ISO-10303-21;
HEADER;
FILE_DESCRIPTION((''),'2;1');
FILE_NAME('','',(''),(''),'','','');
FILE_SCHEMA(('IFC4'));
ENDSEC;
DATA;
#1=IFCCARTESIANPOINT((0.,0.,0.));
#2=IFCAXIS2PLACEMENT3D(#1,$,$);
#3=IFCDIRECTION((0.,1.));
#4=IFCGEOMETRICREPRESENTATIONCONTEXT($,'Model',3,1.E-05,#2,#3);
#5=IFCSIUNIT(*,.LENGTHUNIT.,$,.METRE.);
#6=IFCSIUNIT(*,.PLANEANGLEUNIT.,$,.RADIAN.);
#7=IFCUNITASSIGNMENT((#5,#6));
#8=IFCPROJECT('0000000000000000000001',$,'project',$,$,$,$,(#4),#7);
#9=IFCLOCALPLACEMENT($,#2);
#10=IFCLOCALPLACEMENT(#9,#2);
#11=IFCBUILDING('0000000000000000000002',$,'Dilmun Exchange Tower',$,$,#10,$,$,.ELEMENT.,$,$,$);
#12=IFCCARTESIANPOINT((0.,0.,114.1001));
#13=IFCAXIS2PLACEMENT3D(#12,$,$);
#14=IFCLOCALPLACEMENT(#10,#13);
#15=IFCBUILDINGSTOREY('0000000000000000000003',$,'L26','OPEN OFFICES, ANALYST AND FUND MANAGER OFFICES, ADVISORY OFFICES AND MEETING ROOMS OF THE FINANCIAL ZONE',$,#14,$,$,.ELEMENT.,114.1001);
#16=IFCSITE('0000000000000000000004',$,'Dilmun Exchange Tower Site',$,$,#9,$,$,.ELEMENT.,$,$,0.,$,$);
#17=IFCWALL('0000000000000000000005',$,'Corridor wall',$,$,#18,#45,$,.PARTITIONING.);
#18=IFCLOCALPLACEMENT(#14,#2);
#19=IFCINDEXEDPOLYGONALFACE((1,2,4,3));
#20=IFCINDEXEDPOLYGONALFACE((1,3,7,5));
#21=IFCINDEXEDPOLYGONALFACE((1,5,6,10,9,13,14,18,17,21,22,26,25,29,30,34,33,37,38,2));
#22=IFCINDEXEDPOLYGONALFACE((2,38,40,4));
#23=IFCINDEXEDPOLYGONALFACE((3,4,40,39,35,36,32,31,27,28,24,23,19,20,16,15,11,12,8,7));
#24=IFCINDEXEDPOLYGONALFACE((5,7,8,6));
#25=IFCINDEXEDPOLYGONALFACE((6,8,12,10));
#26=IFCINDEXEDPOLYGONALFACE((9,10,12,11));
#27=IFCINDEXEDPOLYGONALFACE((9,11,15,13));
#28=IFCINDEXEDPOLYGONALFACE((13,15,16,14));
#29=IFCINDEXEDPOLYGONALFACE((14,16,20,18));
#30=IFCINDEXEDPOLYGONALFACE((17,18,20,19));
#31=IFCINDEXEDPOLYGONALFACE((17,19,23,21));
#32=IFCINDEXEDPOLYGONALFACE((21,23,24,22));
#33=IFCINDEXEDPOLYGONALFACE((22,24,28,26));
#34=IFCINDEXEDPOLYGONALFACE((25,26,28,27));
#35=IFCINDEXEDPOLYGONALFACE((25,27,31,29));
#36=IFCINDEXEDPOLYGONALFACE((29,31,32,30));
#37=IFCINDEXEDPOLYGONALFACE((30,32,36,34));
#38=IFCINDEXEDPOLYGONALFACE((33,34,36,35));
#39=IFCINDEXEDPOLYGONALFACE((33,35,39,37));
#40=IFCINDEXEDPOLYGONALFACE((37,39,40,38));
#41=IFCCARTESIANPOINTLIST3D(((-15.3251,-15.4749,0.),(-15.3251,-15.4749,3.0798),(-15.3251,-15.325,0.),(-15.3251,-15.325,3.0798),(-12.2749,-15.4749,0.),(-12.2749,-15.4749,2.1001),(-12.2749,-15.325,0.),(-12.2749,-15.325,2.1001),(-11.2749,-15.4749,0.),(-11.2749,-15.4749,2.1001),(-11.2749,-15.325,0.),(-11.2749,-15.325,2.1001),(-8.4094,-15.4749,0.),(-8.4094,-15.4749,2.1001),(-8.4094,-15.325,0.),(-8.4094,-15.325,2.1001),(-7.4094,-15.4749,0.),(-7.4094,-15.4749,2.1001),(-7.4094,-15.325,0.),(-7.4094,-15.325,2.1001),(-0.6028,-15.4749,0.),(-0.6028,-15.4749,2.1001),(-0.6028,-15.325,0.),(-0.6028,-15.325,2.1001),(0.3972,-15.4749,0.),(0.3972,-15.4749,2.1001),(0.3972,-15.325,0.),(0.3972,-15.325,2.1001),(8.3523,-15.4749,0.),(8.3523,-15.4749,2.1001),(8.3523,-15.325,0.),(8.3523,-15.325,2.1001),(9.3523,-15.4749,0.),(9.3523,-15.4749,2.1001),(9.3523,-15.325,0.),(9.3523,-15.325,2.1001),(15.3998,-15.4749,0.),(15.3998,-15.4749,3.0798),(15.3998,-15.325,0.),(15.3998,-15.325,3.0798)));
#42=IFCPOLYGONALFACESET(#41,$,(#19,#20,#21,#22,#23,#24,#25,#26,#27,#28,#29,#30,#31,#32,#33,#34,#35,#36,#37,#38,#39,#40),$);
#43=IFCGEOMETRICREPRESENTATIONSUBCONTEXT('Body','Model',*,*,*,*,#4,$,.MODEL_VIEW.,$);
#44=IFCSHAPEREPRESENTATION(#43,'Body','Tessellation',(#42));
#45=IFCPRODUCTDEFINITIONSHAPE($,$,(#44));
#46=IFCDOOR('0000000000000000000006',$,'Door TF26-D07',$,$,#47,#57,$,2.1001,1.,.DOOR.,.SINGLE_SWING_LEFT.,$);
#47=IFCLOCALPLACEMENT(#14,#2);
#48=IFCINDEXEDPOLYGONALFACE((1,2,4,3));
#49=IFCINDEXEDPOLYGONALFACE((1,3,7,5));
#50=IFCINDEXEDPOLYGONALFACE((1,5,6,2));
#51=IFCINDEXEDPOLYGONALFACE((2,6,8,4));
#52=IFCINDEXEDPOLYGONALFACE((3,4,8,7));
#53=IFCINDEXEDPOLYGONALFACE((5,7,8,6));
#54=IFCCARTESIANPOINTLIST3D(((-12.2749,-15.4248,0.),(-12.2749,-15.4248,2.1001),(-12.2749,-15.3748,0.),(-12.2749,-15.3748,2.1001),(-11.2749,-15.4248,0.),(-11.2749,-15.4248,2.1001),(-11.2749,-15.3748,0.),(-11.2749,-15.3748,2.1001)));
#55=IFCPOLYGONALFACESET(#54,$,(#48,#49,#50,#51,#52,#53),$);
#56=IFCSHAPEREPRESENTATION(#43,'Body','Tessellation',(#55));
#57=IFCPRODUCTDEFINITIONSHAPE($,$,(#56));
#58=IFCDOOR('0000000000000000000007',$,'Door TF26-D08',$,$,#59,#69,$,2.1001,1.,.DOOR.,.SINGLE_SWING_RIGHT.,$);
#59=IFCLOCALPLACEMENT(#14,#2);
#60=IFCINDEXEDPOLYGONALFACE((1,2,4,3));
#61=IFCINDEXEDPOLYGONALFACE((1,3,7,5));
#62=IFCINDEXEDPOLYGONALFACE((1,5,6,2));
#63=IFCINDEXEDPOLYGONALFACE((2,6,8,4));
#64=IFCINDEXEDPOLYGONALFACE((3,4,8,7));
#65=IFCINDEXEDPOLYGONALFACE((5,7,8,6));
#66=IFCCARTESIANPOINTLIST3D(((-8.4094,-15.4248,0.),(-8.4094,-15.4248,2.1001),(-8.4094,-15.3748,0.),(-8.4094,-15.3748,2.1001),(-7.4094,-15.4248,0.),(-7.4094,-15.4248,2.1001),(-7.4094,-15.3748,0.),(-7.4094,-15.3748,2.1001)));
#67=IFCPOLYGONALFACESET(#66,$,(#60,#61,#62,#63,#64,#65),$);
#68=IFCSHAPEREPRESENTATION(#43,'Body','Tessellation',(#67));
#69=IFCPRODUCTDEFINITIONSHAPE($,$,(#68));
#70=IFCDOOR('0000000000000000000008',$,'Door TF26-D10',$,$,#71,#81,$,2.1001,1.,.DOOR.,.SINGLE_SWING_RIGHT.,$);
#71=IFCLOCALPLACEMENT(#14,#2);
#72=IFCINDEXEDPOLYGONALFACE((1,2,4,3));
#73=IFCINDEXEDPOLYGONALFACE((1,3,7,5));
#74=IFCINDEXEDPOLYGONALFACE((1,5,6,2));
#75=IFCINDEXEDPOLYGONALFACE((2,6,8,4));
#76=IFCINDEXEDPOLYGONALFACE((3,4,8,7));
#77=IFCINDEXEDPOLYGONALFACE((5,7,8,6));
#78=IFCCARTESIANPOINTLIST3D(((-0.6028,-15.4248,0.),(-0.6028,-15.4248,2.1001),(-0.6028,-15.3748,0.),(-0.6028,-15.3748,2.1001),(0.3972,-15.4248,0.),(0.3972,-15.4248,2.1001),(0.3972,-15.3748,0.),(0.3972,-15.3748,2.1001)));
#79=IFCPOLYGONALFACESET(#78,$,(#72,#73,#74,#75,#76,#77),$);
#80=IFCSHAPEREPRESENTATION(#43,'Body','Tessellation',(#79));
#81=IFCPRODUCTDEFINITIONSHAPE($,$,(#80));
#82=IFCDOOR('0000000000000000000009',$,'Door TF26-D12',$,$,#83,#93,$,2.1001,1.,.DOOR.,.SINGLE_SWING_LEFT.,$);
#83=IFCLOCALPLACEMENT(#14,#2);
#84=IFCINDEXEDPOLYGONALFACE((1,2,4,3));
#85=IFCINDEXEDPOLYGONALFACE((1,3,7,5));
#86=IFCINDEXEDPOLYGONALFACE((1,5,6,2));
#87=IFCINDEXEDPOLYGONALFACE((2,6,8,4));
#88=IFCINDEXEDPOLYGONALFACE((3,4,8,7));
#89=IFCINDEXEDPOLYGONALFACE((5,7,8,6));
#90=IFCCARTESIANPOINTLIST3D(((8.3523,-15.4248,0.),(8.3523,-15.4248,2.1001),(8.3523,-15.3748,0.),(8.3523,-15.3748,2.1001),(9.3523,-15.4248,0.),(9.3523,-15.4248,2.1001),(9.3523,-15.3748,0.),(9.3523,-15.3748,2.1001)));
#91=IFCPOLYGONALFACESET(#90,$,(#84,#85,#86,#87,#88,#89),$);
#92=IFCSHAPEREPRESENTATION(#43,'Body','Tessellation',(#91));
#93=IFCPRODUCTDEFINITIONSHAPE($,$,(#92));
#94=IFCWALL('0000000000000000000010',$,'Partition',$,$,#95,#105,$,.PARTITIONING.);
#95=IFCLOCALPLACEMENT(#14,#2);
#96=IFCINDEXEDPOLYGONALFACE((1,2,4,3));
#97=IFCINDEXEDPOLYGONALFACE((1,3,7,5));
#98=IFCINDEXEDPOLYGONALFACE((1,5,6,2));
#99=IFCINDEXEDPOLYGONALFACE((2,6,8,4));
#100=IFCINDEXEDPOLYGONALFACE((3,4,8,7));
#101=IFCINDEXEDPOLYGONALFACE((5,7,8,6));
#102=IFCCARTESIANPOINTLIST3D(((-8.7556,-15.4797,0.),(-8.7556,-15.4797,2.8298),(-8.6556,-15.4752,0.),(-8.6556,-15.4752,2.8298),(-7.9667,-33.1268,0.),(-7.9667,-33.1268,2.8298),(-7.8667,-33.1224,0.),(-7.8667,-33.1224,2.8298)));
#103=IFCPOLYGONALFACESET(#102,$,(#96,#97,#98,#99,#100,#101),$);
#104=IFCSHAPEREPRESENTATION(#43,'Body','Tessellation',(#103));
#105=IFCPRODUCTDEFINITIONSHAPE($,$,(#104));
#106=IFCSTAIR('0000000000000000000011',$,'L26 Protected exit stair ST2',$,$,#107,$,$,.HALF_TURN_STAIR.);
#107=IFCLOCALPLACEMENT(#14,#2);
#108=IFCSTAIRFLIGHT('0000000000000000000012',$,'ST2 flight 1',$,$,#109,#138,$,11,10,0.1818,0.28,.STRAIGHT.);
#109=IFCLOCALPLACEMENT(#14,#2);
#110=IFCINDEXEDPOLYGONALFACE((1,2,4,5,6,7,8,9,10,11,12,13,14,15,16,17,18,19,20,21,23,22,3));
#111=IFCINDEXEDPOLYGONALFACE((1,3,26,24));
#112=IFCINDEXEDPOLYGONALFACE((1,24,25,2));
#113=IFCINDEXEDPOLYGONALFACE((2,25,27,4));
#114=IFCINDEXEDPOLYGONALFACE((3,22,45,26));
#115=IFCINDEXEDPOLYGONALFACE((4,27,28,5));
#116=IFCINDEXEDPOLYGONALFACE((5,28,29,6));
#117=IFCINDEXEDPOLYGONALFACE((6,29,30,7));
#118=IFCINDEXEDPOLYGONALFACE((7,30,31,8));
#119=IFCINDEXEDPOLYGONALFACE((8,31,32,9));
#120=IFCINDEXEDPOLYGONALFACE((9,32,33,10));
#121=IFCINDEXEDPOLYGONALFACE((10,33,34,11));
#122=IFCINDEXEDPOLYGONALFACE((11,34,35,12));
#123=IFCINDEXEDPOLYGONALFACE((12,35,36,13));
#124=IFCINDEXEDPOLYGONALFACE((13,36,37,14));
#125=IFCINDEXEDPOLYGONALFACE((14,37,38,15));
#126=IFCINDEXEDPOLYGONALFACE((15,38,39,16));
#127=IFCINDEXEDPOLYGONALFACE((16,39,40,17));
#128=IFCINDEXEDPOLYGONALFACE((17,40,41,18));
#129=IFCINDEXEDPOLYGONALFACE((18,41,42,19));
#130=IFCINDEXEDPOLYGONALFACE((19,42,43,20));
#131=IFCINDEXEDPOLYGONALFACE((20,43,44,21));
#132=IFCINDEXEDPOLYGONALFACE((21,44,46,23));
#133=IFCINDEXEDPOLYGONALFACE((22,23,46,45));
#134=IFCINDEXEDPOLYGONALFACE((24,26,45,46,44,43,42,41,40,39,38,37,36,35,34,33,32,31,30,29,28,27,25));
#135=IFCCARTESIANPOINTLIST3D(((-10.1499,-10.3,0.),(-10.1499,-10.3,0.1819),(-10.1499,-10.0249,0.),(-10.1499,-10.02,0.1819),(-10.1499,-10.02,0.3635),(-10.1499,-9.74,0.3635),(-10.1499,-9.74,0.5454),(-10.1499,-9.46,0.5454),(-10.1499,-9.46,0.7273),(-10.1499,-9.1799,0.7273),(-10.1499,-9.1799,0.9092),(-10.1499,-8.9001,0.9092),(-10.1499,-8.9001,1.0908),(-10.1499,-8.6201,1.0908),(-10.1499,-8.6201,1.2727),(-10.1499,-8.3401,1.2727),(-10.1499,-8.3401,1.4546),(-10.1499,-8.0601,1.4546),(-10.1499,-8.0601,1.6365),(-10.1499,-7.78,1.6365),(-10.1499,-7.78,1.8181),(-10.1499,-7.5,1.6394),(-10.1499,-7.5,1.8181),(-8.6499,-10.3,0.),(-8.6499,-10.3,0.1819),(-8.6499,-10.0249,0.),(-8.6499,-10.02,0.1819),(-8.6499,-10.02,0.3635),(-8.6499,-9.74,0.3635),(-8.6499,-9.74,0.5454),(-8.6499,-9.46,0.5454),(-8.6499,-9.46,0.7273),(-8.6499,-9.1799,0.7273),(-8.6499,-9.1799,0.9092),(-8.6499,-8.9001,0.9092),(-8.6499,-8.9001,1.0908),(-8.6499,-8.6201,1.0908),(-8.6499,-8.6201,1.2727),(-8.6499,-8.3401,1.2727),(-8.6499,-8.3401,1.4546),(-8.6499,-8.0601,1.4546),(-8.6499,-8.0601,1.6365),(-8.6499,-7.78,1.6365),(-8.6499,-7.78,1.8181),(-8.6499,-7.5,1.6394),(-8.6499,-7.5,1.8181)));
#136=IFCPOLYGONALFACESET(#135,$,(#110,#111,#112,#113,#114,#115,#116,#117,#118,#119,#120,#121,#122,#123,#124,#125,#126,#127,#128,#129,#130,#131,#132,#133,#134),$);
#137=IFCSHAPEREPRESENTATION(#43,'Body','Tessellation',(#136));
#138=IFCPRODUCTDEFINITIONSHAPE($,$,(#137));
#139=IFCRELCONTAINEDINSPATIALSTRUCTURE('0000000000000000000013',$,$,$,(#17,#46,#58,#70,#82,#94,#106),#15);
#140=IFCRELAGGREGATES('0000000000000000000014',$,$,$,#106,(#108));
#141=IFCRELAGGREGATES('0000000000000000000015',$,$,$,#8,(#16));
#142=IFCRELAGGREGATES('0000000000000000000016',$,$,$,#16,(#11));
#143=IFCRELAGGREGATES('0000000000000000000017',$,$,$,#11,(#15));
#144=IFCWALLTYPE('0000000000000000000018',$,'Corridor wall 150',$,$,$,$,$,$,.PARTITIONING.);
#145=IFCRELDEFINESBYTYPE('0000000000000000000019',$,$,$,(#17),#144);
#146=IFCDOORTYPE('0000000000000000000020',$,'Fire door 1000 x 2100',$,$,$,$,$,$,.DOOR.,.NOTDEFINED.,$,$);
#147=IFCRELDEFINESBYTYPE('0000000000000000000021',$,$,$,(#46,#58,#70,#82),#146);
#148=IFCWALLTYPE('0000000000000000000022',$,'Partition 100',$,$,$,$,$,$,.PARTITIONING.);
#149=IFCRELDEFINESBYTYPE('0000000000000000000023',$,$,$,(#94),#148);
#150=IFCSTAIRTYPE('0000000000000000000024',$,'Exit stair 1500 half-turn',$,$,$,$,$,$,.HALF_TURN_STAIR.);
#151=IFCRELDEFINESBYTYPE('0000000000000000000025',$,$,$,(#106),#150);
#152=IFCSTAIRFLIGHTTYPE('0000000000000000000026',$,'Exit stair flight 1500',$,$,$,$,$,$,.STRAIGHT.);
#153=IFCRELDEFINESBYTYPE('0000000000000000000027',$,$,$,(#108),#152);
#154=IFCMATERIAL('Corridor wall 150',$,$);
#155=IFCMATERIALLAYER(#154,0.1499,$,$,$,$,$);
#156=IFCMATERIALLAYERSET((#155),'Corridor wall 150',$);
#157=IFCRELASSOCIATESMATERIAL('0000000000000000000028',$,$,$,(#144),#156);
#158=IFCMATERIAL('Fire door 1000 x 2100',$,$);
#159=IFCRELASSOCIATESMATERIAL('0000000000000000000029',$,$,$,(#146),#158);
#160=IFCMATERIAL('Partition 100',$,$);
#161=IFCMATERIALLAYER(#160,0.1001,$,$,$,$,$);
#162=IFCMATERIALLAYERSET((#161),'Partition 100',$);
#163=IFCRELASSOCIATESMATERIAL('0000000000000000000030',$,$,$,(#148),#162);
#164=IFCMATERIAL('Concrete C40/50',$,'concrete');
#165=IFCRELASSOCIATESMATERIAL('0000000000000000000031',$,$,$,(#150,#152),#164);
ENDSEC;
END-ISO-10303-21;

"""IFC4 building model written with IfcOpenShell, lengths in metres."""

from ifc_helpers import new_model, si_unit, direction, frame, frame_2d, origin, place, context, subcontext, project, spatial, polyline, rectangle, outline, extrude, material, layer, layer_set, type_object, element, fill, aggregate, save


model = new_model("IFC4")

# Units and contexts
model_context = context("Model", 3, precision=1e-05, world=origin(), true_north=direction((0.0, 1.0)))
body_context = subcontext(model_context, "Body", "Model", "MODEL_VIEW")
ifc_project = project(units=[si_unit("LENGTHUNIT", "METRE"), si_unit("PLANEANGLEUNIT", "RADIAN")], contexts=[model_context])

# Site, building, storey
site_placement = place(None, origin())
site = spatial("IfcSite", under=ifc_project, at=site_placement, Name="Dilmun Exchange Tower Site", CompositionType="ELEMENT", RefElevation=0.0)
building_placement = place(site_placement, origin())
building = spatial("IfcBuilding", under=site, at=building_placement, Name="Dilmun Exchange Tower", CompositionType="ELEMENT")
storey_placement = place(building_placement, frame((0.0, 0.0, 114.1001)))
storey = spatial("IfcBuildingStorey", under=building, at=storey_placement, Name="L26", Description="OPEN OFFICES, ANALYST AND FUND MANAGER OFFICES, ADVISORY OFFICES AND MEETING ROOMS OF THE FINANCIAL ZONE", CompositionType="ELEMENT", Elevation=114.1001)

# Shared definitions
ifc_material_1 = material(Name="Concrete C40/50", Category="concrete")

# Wall, openings, doors
ifc_material_2 = material(Name="Corridor wall 150")
ifc_layer_1 = layer(ifc_material_2, 0.1499)
ifc_layer_set_1 = layer_set([ifc_layer_1], Name="Corridor wall 150")
wall_type_1 = type_object("IfcWallType", Name="Corridor wall 150", PredefinedType="PARTITIONING", material=ifc_layer_set_1)
wall_1_placement = place(storey_placement, frame((-15.325, -15.3999, 0.0), z_axis=(0.0, 0.0, 1.0), x_axis=(1.0, 0.0, 0.0)))
wall_1 = element("IfcWall", 1, at=wall_1_placement, inside=storey, type_object=wall_type_1, Name="Corridor wall", PredefinedType="PARTITIONING", context=body_context, shape_type="SweptSolid", body=[
    extrude(rectangle(XDim=30.7249, YDim=0.1499, at=frame_2d((15.3623, 0.0))), origin(), (0.0, 0.0, 1.0), 3.0798),
])
opening_1_placement = place(wall_1_placement, frame((3.05, 0.0, 0.0)))
opening_1 = element("IfcOpeningElement", 2, at=opening_1_placement, cuts=wall_1, PredefinedType="OPENING", context=body_context, shape_type="SweptSolid", body=[
    extrude(rectangle(XDim=1.0, YDim=2.1001, at=frame_2d((0.5, 1.05))), frame((0.0, 0.085, 0.0), z_axis=(0.0, -1.0, 0.0), x_axis=(1.0, 0.0, 0.0)), (0.0, 0.0, 1.0), 0.1699),
])
opening_2_placement = place(wall_1_placement, frame((6.9155, 0.0, 0.0)))
opening_2 = element("IfcOpeningElement", 3, at=opening_2_placement, cuts=wall_1, PredefinedType="OPENING", context=body_context, shape_type="SweptSolid", body=[
    extrude(rectangle(XDim=1.0, YDim=2.1001, at=frame_2d((0.5, 1.05))), frame((0.0, 0.085, 0.0), z_axis=(0.0, -1.0, 0.0), x_axis=(1.0, 0.0, 0.0)), (0.0, 0.0, 1.0), 0.1699),
])
opening_3_placement = place(wall_1_placement, frame((14.7222, 0.0, 0.0)))
opening_3 = element("IfcOpeningElement", 4, at=opening_3_placement, cuts=wall_1, PredefinedType="OPENING", context=body_context, shape_type="SweptSolid", body=[
    extrude(rectangle(XDim=1.0, YDim=2.1001, at=frame_2d((0.5, 1.05))), frame((0.0, 0.085, 0.0), z_axis=(0.0, -1.0, 0.0), x_axis=(1.0, 0.0, 0.0)), (0.0, 0.0, 1.0), 0.1699),
])
opening_4_placement = place(wall_1_placement, frame((23.6772, 0.0, 0.0)))
opening_4 = element("IfcOpeningElement", 5, at=opening_4_placement, cuts=wall_1, PredefinedType="OPENING", context=body_context, shape_type="SweptSolid", body=[
    extrude(rectangle(XDim=1.0, YDim=2.1001, at=frame_2d((0.5, 1.05))), frame((0.0, 0.085, 0.0), z_axis=(0.0, -1.0, 0.0), x_axis=(1.0, 0.0, 0.0)), (0.0, 0.0, 1.0), 0.1699),
])
ifc_material_3 = material(Name="Fire door 1000 x 2100")
door_type_1 = type_object("IfcDoorType", Name="Fire door 1000 x 2100", OperationType="NOTDEFINED", PredefinedType="DOOR", material=ifc_material_3)
door_1_placement = place(opening_1_placement, frame((1.0, 0.0, 0.0), z_axis=(0.0, 0.0, 1.0), x_axis=(-1.0, 0.0, 0.0)))
door_1 = element("IfcDoor", 6, at=door_1_placement, inside=storey, type_object=door_type_1, Name="Door TF26-D07", OperationType="SINGLE_SWING_LEFT", OverallHeight=2.1001, OverallWidth=1.0, PredefinedType="DOOR", context=body_context, shape_type="SweptSolid", body=[
    extrude(rectangle(XDim=1.0, YDim=2.1001, at=frame_2d((0.5, 1.05))), frame((0.0, 0.0249, 0.0), z_axis=(0.0, -1.0, 0.0), x_axis=(1.0, 0.0, 0.0)), (0.0, 0.0, 1.0), 0.05),
])
fill(opening_1, door_1)
door_2_placement = place(opening_2_placement, frame((1.0, 0.0, 0.0), z_axis=(0.0, 0.0, 1.0), x_axis=(-1.0, 0.0, 0.0)))
door_2 = element("IfcDoor", 7, at=door_2_placement, inside=storey, type_object=door_type_1, Name="Door TF26-D08", OperationType="SINGLE_SWING_RIGHT", OverallHeight=2.1001, OverallWidth=1.0, PredefinedType="DOOR", context=body_context, shape_type="SweptSolid", body=[
    extrude(rectangle(XDim=1.0, YDim=2.1001, at=frame_2d((0.5, 1.05))), frame((0.0, 0.0249, 0.0), z_axis=(0.0, -1.0, 0.0), x_axis=(1.0, 0.0, 0.0)), (0.0, 0.0, 1.0), 0.05),
])
fill(opening_2, door_2)
door_3_placement = place(opening_3_placement, frame((1.0, 0.0, 0.0), z_axis=(0.0, 0.0, 1.0), x_axis=(-1.0, 0.0, 0.0)))
door_3 = element("IfcDoor", 8, at=door_3_placement, inside=storey, type_object=door_type_1, Name="Door TF26-D10", OperationType="SINGLE_SWING_RIGHT", OverallHeight=2.1001, OverallWidth=1.0, PredefinedType="DOOR", context=body_context, shape_type="SweptSolid", body=[
    extrude(rectangle(XDim=1.0, YDim=2.1001, at=frame_2d((0.5, 1.05))), frame((0.0, 0.0249, 0.0), z_axis=(0.0, -1.0, 0.0), x_axis=(1.0, 0.0, 0.0)), (0.0, 0.0, 1.0), 0.05),
])
fill(opening_3, door_3)
door_4_placement = place(opening_4_placement, frame((1.0, 0.0, 0.0), z_axis=(0.0, 0.0, 1.0), x_axis=(-1.0, 0.0, 0.0)))
door_4 = element("IfcDoor", 9, at=door_4_placement, inside=storey, type_object=door_type_1, Name="Door TF26-D12", OperationType="SINGLE_SWING_LEFT", OverallHeight=2.1001, OverallWidth=1.0, PredefinedType="DOOR", context=body_context, shape_type="SweptSolid", body=[
    extrude(rectangle(XDim=1.0, YDim=2.1001, at=frame_2d((0.5, 1.05))), frame((0.0, 0.0249, 0.0), z_axis=(0.0, -1.0, 0.0), x_axis=(1.0, 0.0, 0.0)), (0.0, 0.0, 1.0), 0.05),
])
fill(opening_4, door_4)

# Wall
ifc_material_4 = material(Name="Partition 100")
ifc_layer_2 = layer(ifc_material_4, 0.1001)
ifc_layer_set_2 = layer_set([ifc_layer_2], Name="Partition 100")
wall_type_2 = type_object("IfcWallType", Name="Partition 100", PredefinedType="PARTITIONING", material=ifc_layer_set_2)
wall_2_placement = place(storey_placement, frame((-8.7056, -15.4773, 0.0), z_axis=(0.0, 0.0, 1.0), x_axis=(0.044655, -0.999002, 0.0)))
element("IfcWall", 10, at=wall_2_placement, inside=storey, type_object=wall_type_2, Name="Partition", PredefinedType="PARTITIONING", context=body_context, shape_type="SweptSolid", body=[
    extrude(rectangle(XDim=17.6648, YDim=0.1001, at=frame_2d((8.8325, 0.0))), origin(), (0.0, 0.0, 1.0), 2.8298),
])

# Stair, stair flight
stair_type = type_object("IfcStairType", Name="Exit stair 1500 half-turn", PredefinedType="HALF_TURN_STAIR", material=ifc_material_1)
stair_placement = place(storey_placement, origin())
stair = element("IfcStair", 11, at=stair_placement, inside=storey, type_object=stair_type, Name="L26 Protected exit stair ST2", PredefinedType="HALF_TURN_STAIR")
stair_flight_type = type_object("IfcStairFlightType", Name="Exit stair flight 1500", PredefinedType="STRAIGHT", material=ifc_material_1)
stair_flight_placement = place(storey_placement, frame((-9.3999, -10.3, 0.0), z_axis=(0.0, 0.0, 1.0), x_axis=(0.0, 1.0, 0.0)))
stair_flight = element("IfcStairFlight", 12, at=stair_flight_placement, type_object=stair_flight_type, Name="ST2 flight 1", NumberOfRisers=11, NumberOfTreads=10, PredefinedType="STRAIGHT", RiserHeight=0.1818, TreadLength=0.28, context=body_context, shape_type="SweptSolid", body=[
    extrude(outline(polyline([(0.0, 0.0), (0.0, 0.1819), (0.28, 0.1819), (0.28, 0.3635), (0.5601, 0.3635), (0.5601, 0.5454), (0.8401, 0.5454), (0.8401, 0.7273), (1.1201, 0.7273), (1.1201, 0.9092), (1.3999, 0.9092), (1.3999, 1.0908), (1.6799, 1.0908), (1.6799, 1.2727), (1.96, 1.2727), (1.96, 1.4546), (2.24, 1.4546), (2.24, 1.6365), (2.52, 1.6365), (2.52, 1.8181), (2.8, 1.8181), (2.8, 2.0), (2.8, 1.6394), (0.2751, 0.0), (0.0, 0.0)])), frame((0.0, 0.75, 0.0), z_axis=(0.0, -1.0, 0.0), x_axis=(1.0, 0.0, 0.0)), (0.0, 0.0, 1.0), 1.5),
])
aggregate(stair, [stair_flight])

save(model, "model.ifc")
